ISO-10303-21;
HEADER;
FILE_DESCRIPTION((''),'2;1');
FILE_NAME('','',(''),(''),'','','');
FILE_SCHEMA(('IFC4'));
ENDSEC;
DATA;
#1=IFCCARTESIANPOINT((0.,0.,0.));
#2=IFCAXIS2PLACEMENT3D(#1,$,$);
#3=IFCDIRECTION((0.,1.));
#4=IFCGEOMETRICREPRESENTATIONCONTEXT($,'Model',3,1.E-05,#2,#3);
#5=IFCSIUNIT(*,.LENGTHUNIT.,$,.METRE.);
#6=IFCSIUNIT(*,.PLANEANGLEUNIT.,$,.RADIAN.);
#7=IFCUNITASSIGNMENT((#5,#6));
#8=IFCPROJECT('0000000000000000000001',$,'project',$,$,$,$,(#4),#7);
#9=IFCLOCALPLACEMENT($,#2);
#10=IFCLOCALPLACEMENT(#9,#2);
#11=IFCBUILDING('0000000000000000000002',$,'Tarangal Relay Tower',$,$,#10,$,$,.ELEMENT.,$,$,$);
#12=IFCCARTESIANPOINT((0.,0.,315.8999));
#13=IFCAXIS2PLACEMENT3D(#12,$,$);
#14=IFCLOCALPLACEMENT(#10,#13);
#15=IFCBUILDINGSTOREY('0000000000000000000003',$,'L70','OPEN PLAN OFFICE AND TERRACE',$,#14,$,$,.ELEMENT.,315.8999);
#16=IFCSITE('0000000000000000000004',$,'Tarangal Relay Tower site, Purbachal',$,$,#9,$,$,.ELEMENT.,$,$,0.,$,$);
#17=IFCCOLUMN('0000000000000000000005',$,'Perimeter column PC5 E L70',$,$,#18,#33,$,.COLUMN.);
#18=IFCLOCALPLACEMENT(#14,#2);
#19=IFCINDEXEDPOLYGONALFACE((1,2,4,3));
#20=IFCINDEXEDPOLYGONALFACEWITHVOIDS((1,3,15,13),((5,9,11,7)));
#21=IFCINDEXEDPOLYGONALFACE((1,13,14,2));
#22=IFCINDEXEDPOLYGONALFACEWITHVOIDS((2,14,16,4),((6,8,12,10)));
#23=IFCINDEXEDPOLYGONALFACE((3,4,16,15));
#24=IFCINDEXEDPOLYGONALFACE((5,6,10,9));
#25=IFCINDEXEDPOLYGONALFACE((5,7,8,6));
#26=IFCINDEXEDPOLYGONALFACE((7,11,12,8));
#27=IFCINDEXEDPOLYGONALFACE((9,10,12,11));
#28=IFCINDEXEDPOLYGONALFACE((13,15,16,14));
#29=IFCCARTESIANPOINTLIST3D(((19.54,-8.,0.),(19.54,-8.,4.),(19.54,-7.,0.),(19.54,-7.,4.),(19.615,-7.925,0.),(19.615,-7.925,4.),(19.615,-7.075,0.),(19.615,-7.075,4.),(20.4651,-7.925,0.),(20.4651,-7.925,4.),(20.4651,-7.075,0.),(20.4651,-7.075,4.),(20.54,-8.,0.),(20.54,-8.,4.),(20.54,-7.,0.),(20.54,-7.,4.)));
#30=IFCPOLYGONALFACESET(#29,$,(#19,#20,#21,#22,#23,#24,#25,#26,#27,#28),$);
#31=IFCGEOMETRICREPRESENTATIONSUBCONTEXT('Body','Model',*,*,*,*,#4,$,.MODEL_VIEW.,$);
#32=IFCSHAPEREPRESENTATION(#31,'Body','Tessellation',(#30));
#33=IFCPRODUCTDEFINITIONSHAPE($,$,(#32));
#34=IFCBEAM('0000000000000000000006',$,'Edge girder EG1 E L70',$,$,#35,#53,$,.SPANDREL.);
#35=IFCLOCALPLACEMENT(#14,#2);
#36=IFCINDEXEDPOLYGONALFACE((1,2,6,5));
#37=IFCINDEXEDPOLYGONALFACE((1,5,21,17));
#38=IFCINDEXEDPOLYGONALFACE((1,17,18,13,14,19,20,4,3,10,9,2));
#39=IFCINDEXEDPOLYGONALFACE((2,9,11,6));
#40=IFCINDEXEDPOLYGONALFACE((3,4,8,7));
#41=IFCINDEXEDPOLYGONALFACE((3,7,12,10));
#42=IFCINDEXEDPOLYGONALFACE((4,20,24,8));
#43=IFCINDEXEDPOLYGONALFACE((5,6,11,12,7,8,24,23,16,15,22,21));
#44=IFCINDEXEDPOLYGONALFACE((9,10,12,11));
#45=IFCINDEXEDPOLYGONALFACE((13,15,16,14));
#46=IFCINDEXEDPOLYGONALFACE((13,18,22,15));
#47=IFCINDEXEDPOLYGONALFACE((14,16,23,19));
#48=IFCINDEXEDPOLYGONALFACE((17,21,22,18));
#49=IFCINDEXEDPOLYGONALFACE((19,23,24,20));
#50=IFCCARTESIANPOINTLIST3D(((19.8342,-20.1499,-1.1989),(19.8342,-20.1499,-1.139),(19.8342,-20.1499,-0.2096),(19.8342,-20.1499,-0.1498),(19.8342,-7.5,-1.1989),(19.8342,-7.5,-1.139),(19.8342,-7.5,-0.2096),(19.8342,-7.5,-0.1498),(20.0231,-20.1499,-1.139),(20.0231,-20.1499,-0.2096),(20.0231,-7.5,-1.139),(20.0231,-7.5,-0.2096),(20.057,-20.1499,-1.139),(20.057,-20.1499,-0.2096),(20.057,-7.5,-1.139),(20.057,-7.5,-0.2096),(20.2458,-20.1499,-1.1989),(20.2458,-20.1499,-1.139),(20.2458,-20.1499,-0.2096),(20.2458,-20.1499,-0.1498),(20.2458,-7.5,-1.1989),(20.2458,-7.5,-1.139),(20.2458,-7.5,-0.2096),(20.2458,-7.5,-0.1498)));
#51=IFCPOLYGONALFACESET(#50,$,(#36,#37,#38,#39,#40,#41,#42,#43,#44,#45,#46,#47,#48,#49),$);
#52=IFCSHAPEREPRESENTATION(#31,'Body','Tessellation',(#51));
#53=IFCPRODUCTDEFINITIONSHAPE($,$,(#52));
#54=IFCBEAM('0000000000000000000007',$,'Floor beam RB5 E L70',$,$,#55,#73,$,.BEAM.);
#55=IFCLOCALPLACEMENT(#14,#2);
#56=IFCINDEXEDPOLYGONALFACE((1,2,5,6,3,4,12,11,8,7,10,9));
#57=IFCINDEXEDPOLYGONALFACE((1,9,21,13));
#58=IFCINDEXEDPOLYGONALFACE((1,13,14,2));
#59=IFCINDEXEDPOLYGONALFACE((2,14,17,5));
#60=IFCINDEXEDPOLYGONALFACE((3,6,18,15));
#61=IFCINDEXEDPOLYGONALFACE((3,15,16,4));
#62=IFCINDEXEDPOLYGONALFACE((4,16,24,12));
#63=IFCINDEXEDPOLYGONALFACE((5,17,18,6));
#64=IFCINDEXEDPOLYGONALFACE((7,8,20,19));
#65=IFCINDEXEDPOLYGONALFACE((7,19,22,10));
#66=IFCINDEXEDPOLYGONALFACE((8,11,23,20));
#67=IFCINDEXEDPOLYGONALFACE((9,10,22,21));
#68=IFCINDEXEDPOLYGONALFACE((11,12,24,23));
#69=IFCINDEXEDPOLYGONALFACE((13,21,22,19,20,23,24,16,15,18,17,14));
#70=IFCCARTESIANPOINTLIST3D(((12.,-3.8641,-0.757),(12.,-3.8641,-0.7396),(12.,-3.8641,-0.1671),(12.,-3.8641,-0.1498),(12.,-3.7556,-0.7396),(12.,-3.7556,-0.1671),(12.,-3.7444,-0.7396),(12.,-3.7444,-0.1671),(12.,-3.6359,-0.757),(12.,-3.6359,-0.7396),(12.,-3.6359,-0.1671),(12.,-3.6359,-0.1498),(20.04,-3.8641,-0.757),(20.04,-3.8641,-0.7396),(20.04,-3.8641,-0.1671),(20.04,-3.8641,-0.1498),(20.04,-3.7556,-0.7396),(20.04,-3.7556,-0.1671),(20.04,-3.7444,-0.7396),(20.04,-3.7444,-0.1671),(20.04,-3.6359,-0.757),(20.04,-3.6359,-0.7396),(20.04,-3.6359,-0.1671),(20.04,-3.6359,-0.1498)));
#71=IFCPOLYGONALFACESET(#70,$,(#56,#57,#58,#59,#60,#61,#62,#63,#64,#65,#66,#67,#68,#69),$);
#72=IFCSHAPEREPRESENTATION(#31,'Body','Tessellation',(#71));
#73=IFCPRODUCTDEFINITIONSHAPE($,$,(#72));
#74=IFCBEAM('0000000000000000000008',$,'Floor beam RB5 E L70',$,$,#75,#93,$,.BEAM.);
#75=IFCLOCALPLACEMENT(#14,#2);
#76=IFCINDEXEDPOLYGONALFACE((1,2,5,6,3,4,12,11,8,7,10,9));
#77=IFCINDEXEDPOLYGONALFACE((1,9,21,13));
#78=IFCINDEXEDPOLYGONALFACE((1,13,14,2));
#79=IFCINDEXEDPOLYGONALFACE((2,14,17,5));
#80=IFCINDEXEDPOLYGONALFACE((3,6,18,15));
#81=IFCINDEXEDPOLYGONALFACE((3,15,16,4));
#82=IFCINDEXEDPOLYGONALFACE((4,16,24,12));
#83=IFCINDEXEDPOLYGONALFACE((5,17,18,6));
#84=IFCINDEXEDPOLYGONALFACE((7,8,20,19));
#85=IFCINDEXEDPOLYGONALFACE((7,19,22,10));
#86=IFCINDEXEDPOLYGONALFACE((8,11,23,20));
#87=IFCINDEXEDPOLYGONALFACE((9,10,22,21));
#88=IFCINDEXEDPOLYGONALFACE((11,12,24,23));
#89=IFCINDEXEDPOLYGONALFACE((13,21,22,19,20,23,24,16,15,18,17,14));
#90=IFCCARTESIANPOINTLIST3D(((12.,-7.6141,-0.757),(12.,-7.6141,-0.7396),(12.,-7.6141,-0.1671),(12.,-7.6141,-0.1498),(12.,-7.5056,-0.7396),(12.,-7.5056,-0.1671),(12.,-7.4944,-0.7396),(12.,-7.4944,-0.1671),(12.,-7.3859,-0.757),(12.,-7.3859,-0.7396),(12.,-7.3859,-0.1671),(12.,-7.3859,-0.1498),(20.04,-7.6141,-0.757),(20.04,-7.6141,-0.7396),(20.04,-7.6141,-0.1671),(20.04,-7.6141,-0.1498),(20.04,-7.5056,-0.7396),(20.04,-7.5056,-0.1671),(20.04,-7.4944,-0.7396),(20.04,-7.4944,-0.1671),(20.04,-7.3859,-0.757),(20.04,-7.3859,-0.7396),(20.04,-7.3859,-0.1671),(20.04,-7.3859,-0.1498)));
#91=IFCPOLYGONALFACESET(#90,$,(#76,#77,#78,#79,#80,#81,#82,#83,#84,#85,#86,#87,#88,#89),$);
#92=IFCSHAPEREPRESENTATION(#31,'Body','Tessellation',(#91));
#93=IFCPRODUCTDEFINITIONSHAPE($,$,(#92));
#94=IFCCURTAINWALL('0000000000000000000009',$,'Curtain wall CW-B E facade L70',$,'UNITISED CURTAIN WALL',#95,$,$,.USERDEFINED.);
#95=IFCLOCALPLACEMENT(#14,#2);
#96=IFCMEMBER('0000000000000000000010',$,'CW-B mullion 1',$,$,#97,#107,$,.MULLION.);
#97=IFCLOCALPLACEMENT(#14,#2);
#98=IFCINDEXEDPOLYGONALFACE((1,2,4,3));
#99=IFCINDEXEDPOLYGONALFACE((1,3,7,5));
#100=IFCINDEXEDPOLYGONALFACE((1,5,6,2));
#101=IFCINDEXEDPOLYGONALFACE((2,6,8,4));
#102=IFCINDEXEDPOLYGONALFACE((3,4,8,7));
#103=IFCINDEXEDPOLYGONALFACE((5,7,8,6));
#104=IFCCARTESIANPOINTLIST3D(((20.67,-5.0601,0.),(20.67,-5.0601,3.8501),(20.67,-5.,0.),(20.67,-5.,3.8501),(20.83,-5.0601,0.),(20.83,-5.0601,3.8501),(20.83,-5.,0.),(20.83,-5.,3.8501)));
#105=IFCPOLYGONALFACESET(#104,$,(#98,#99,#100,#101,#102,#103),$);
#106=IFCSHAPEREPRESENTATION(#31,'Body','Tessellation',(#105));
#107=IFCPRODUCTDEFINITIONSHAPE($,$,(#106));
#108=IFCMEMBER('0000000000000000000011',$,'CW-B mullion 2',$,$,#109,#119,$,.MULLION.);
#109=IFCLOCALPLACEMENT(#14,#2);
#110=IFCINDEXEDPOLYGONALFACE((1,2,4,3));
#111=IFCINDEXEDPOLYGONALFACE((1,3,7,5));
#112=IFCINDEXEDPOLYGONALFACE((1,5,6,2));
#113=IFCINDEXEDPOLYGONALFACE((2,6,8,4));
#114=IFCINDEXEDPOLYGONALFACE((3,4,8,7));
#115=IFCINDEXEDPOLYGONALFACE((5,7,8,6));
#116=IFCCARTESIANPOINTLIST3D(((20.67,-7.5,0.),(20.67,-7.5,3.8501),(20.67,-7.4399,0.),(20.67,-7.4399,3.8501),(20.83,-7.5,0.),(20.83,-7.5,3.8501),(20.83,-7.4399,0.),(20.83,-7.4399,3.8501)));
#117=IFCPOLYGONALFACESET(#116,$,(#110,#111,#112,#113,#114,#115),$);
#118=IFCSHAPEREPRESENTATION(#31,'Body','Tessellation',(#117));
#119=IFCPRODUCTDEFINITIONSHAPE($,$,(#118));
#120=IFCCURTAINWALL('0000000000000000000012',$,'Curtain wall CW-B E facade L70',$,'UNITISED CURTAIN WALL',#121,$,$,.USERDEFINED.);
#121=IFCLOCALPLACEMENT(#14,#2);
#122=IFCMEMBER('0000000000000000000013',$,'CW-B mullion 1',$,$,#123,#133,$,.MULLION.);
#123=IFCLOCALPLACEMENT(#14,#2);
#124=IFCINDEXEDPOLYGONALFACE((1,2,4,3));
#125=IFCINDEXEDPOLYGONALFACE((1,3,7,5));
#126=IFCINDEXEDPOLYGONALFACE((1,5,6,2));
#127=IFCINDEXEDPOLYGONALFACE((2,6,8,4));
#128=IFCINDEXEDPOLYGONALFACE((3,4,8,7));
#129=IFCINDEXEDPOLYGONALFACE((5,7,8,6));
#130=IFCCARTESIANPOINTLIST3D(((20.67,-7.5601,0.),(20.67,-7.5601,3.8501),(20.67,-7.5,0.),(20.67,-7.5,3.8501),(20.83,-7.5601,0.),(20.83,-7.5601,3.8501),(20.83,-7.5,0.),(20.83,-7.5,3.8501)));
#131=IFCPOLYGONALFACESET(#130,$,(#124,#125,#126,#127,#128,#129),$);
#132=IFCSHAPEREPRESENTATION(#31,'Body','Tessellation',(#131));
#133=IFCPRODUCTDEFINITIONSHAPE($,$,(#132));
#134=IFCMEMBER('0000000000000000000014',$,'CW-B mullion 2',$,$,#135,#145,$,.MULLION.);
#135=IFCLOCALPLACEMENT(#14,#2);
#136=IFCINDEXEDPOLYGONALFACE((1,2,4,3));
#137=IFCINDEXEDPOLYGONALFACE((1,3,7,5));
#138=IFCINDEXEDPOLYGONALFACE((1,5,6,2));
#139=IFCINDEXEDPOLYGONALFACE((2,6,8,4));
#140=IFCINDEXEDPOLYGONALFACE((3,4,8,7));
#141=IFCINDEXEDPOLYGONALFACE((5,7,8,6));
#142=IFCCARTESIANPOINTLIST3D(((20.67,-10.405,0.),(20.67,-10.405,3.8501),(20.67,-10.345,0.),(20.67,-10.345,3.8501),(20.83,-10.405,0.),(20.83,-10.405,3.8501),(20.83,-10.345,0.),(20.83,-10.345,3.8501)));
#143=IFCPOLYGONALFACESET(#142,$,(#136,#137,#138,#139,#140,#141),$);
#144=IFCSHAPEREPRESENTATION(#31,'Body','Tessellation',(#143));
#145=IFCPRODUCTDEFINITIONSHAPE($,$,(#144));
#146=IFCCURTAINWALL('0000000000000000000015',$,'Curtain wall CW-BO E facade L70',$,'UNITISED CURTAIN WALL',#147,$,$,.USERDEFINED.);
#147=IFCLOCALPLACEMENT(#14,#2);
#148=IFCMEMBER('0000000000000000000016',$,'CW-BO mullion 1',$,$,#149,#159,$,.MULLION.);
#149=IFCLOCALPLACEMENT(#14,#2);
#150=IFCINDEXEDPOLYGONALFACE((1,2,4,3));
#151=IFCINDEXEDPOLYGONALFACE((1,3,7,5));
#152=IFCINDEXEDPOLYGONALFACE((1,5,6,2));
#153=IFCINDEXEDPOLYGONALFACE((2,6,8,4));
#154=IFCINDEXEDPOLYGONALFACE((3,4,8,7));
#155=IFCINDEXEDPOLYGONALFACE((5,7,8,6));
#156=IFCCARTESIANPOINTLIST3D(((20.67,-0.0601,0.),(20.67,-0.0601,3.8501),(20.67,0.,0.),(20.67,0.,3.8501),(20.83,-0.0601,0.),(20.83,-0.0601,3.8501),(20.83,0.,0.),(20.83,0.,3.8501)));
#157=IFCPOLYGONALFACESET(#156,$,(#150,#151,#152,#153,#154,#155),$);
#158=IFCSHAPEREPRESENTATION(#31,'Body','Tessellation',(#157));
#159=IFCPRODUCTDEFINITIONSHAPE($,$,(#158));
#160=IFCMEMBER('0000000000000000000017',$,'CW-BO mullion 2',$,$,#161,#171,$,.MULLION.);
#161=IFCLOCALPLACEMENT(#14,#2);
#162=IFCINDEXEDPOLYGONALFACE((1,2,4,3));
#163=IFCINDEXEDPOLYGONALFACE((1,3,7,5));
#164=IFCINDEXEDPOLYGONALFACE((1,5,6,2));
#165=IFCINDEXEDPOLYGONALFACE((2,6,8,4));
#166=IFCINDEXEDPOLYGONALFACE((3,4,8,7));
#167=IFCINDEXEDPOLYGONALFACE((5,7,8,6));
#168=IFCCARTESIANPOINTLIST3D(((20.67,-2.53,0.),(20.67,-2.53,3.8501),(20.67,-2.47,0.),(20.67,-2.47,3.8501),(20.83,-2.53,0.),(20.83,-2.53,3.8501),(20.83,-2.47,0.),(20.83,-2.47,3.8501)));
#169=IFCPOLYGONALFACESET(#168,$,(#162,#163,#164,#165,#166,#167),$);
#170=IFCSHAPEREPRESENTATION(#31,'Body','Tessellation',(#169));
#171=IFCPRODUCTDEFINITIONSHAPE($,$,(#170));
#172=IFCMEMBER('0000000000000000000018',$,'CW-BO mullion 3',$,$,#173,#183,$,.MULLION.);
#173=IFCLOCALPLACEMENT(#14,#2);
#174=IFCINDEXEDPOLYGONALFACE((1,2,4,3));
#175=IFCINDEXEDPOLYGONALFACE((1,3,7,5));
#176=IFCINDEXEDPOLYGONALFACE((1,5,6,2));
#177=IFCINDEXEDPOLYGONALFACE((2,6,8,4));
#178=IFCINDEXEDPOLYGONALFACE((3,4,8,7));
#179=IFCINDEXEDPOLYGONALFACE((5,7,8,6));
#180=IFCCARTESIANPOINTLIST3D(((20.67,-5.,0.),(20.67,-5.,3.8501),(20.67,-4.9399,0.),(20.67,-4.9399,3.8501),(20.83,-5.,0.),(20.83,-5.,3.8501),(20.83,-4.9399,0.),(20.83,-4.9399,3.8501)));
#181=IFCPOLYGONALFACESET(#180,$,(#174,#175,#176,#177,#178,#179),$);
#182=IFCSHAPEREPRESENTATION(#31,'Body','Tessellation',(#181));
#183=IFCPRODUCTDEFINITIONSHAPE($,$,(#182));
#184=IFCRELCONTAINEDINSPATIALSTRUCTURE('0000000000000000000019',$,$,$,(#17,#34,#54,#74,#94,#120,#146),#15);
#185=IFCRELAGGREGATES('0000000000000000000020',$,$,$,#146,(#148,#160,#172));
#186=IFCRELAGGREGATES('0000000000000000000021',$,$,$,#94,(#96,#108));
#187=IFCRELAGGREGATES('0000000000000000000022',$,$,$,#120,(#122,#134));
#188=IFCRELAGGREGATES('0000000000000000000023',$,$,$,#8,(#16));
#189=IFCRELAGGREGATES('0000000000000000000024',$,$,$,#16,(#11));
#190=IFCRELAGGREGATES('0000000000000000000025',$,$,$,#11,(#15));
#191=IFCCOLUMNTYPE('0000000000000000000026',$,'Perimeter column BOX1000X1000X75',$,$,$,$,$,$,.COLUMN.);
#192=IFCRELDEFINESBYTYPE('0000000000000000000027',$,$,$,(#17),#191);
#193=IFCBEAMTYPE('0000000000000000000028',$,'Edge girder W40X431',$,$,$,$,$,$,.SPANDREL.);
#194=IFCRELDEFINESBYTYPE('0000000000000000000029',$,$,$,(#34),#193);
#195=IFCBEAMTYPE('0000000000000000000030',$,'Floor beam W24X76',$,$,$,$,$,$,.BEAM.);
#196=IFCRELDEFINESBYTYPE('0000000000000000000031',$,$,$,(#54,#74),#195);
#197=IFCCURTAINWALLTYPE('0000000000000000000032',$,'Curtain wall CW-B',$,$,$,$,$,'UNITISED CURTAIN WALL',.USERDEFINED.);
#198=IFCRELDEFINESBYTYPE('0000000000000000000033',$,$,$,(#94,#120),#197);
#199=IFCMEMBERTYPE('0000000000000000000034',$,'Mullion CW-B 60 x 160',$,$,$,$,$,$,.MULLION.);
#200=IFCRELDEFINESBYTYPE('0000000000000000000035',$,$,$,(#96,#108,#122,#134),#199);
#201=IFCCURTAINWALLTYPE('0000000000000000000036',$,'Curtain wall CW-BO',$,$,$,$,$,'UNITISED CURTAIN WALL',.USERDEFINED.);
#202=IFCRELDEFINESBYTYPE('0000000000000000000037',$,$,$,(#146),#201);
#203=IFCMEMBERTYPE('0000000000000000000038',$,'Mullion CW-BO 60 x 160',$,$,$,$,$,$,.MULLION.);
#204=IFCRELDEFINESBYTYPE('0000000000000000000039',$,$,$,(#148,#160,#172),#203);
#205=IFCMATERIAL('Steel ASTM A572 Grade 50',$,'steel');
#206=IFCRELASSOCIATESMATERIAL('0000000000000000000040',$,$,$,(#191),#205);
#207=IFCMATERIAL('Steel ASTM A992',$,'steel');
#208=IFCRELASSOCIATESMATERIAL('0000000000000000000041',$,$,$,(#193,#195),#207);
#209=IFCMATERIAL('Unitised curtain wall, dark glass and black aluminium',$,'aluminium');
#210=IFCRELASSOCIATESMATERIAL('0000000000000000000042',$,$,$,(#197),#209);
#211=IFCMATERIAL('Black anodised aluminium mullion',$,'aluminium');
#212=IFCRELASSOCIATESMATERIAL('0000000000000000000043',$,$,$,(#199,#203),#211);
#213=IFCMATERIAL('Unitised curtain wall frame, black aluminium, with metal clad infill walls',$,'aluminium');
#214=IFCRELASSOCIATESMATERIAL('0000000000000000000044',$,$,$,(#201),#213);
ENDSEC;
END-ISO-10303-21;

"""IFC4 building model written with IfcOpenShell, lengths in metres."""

from ifc_helpers import new_model, si_unit, direction, frame, origin, origin_2d, place, context, subcontext, project, spatial, rectangle, hollow_rectangle, i_section, extrude, material, material_profile, profile_set, type_object, element, aggregate, save


model = new_model("IFC4")

# Units and contexts
model_context = context("Model", 3, precision=1e-05, world=origin(), true_north=direction((0.0, 1.0)))
body_context = subcontext(model_context, "Body", "Model", "MODEL_VIEW")
ifc_project = project(units=[si_unit("LENGTHUNIT", "METRE"), si_unit("PLANEANGLEUNIT", "RADIAN")], contexts=[model_context])

# Site, building, storey
site_placement = place(None, origin())
site = spatial("IfcSite", under=ifc_project, at=site_placement, Name="Tarangal Relay Tower site, Purbachal", CompositionType="ELEMENT", RefElevation=0.0)
building_placement = place(site_placement, origin())
building = spatial("IfcBuilding", under=site, at=building_placement, Name="Tarangal Relay Tower", CompositionType="ELEMENT")
storey_placement = place(building_placement, frame((0.0, 0.0, 315.8999)))
storey = spatial("IfcBuildingStorey", under=building, at=storey_placement, Name="L70", Description="OPEN PLAN OFFICE AND TERRACE", CompositionType="ELEMENT", Elevation=315.8999)

# Column
ifc_material_1 = material(Name="Steel ASTM A572 Grade 50", Category="steel")
ifc_material_profile_1 = material_profile(ifc_material_1, hollow_rectangle(XDim=1.0, YDim=1.0, WallThickness=0.075, at=origin_2d()), Name="BOX1000X1000X75")
ifc_profile_set_1 = profile_set([ifc_material_profile_1], Name="Steel ASTM A572 Grade 50")
column_type = type_object("IfcColumnType", Name="Perimeter column BOX1000X1000X75", PredefinedType="COLUMN", material=ifc_profile_set_1)
column_placement = place(storey_placement, frame((20.04, -7.5, 0.0), z_axis=(0.0, 0.0, 1.0), x_axis=(1.0, 0.0, 0.0)))
element("IfcColumn", 1, at=column_placement, inside=storey, type_object=column_type, Name="Perimeter column PC5 E L70", PredefinedType="COLUMN", context=body_context, shape_type="SweptSolid", body=[
    extrude(hollow_rectangle(XDim=1.0, YDim=1.0, WallThickness=0.075, at=origin_2d()), origin(), (0.0, 0.0, 1.0), 4.0),
])

# Beams
ifc_material_2 = material(Name="Steel ASTM A992", Category="steel")
ifc_material_profile_2 = material_profile(ifc_material_2, i_section(OverallWidth=0.4116, OverallDepth=1.0491, WebThickness=0.0339, FlangeThickness=0.0598, at=origin_2d()), Name="W40X431")
ifc_profile_set_2 = profile_set([ifc_material_profile_2], Name="Steel ASTM A992")
beam_type_1 = type_object("IfcBeamType", Name="Edge girder W40X431", PredefinedType="SPANDREL", material=ifc_profile_set_2)
beam_placement = place(storey_placement, frame((20.04, -7.5, -0.6743), z_axis=(0.0, -1.0, 0.0), x_axis=(1.0, 0.0, 0.0)))
element("IfcBeam", 2, at=beam_placement, inside=storey, type_object=beam_type_1, Name="Edge girder EG1 E L70", PredefinedType="SPANDREL", context=body_context, shape_type="SweptSolid", body=[
    extrude(i_section(OverallWidth=0.4116, OverallDepth=1.0491, WebThickness=0.0339, FlangeThickness=0.0598, at=origin_2d()), origin(), (0.0, 0.0, 1.0), 12.6499),
])
ifc_material_profile_3 = material_profile(ifc_material_2, i_section(OverallWidth=0.2283, OverallDepth=0.6072, WebThickness=0.0112, FlangeThickness=0.0173, at=origin_2d()), Name="W24X76")
ifc_profile_set_3 = profile_set([ifc_material_profile_3], Name="Steel ASTM A992")
beam_type_2 = type_object("IfcBeamType", Name="Floor beam W24X76", PredefinedType="BEAM", material=ifc_profile_set_3)
for number, where, z_axis, x_axis, name in (
    (3, (12.0, -3.75, -0.4534), (1.0, 0.0, 0.0), (0.0, 1.0, 0.0), "Floor beam RB5 E L70"),
    (4, (12.0, -7.5, -0.4534), (1.0, 0.0, 0.0), (0.0, 1.0, 0.0), "Floor beam RB5 E L70"),
):
    element("IfcBeam", number, at=place(storey_placement, frame(where, z_axis=z_axis, x_axis=x_axis)), inside=storey, type_object=beam_type_2, Name=name, PredefinedType="BEAM", context=body_context, shape_type="SweptSolid", body=[
        extrude(i_section(OverallWidth=0.2283, OverallDepth=0.6072, WebThickness=0.0112, FlangeThickness=0.0173, at=origin_2d()), origin(), (0.0, 0.0, 1.0), 8.04),
    ])

# Curtain walls, members
ifc_material_3 = material(Name="Unitised curtain wall, dark glass and black aluminium", Category="aluminium")
curtain_wall_type_1 = type_object("IfcCurtainWallType", Name="Curtain wall CW-B", ElementType="UNITISED CURTAIN WALL", PredefinedType="USERDEFINED", material=ifc_material_3)
curtain_wall_1_placement = place(storey_placement, origin())
curtain_wall_1 = element("IfcCurtainWall", 5, at=curtain_wall_1_placement, inside=storey, type_object=curtain_wall_type_1, Name="Curtain wall CW-B E facade L70", ObjectType="UNITISED CURTAIN WALL", PredefinedType="USERDEFINED")
ifc_material_4 = material(Name="Black anodised aluminium mullion", Category="aluminium")
ifc_material_profile_4 = material_profile(ifc_material_4, rectangle(XDim=0.1599, YDim=0.0601, at=origin_2d()), Name="CW-BM 60X160")
ifc_profile_set_4 = profile_set([ifc_material_profile_4], Name="Black anodised aluminium mullion")
member_type_1 = type_object("IfcMemberType", Name="Mullion CW-B 60 x 160", PredefinedType="MULLION", material=ifc_profile_set_4)
member_1_placement = place(storey_placement, frame((20.75, -5.03, 0.0), z_axis=(0.0, 0.0, 1.0), x_axis=(1.0, 0.0, 0.0)))
member_1 = element("IfcMember", 6, at=member_1_placement, type_object=member_type_1, Name="CW-B mullion 1", PredefinedType="MULLION", context=body_context, shape_type="SweptSolid", body=[
    extrude(rectangle(XDim=0.1599, YDim=0.0601, at=origin_2d()), origin(), (0.0, 0.0, 1.0), 3.8501),
])
member_2_placement = place(storey_placement, frame((20.75, -7.47, 0.0), z_axis=(0.0, 0.0, 1.0), x_axis=(1.0, 0.0, 0.0)))
member_2 = element("IfcMember", 7, at=member_2_placement, type_object=member_type_1, Name="CW-B mullion 2", PredefinedType="MULLION", context=body_context, shape_type="SweptSolid", body=[
    extrude(rectangle(XDim=0.1599, YDim=0.0601, at=origin_2d()), origin(), (0.0, 0.0, 1.0), 3.8501),
])
curtain_wall_2_placement = place(storey_placement, origin())
curtain_wall_2 = element("IfcCurtainWall", 8, at=curtain_wall_2_placement, inside=storey, type_object=curtain_wall_type_1, Name="Curtain wall CW-B E facade L70", ObjectType="UNITISED CURTAIN WALL", PredefinedType="USERDEFINED")
member_3_placement = place(storey_placement, frame((20.75, -7.53, 0.0), z_axis=(0.0, 0.0, 1.0), x_axis=(1.0, 0.0, 0.0)))
member_3 = element("IfcMember", 9, at=member_3_placement, type_object=member_type_1, Name="CW-B mullion 1", PredefinedType="MULLION", context=body_context, shape_type="SweptSolid", body=[
    extrude(rectangle(XDim=0.1599, YDim=0.0601, at=origin_2d()), origin(), (0.0, 0.0, 1.0), 3.8501),
])
member_4_placement = place(storey_placement, frame((20.75, -10.375, 0.0), z_axis=(0.0, 0.0, 1.0), x_axis=(1.0, 0.0, 0.0)))
member_4 = element("IfcMember", 10, at=member_4_placement, type_object=member_type_1, Name="CW-B mullion 2", PredefinedType="MULLION", context=body_context, shape_type="SweptSolid", body=[
    extrude(rectangle(XDim=0.1599, YDim=0.0601, at=origin_2d()), origin(), (0.0, 0.0, 1.0), 3.8501),
])
ifc_material_5 = material(Name="Unitised curtain wall frame, black aluminium, with metal clad infill walls", Category="aluminium")
curtain_wall_type_2 = type_object("IfcCurtainWallType", Name="Curtain wall CW-BO", ElementType="UNITISED CURTAIN WALL", PredefinedType="USERDEFINED", material=ifc_material_5)
curtain_wall_3_placement = place(storey_placement, origin())
curtain_wall_3 = element("IfcCurtainWall", 11, at=curtain_wall_3_placement, inside=storey, type_object=curtain_wall_type_2, Name="Curtain wall CW-BO E facade L70", ObjectType="UNITISED CURTAIN WALL", PredefinedType="USERDEFINED")
ifc_material_profile_5 = material_profile(ifc_material_4, rectangle(XDim=0.1599, YDim=0.0601, at=origin_2d()), Name="CW-BOM 60X160")
ifc_profile_set_5 = profile_set([ifc_material_profile_5], Name="Black anodised aluminium mullion")
member_type_2 = type_object("IfcMemberType", Name="Mullion CW-BO 60 x 160", PredefinedType="MULLION", material=ifc_profile_set_5)
member_5_placement = place(storey_placement, frame((20.75, -0.03, 0.0), z_axis=(0.0, 0.0, 1.0), x_axis=(1.0, 0.0, 0.0)))
member_5 = element("IfcMember", 12, at=member_5_placement, type_object=member_type_2, Name="CW-BO mullion 1", PredefinedType="MULLION", context=body_context, shape_type="SweptSolid", body=[
    extrude(rectangle(XDim=0.1599, YDim=0.0601, at=origin_2d()), origin(), (0.0, 0.0, 1.0), 3.8501),
])
member_6_placement = place(storey_placement, frame((20.75, -2.5, 0.0), z_axis=(0.0, 0.0, 1.0), x_axis=(1.0, 0.0, 0.0)))
member_6 = element("IfcMember", 13, at=member_6_placement, type_object=member_type_2, Name="CW-BO mullion 2", PredefinedType="MULLION", context=body_context, shape_type="SweptSolid", body=[
    extrude(rectangle(XDim=0.1599, YDim=0.0601, at=origin_2d()), origin(), (0.0, 0.0, 1.0), 3.8501),
])
member_7_placement = place(storey_placement, frame((20.75, -4.97, 0.0), z_axis=(0.0, 0.0, 1.0), x_axis=(1.0, 0.0, 0.0)))
member_7 = element("IfcMember", 14, at=member_7_placement, type_object=member_type_2, Name="CW-BO mullion 3", PredefinedType="MULLION", context=body_context, shape_type="SweptSolid", body=[
    extrude(rectangle(XDim=0.1599, YDim=0.0601, at=origin_2d()), origin(), (0.0, 0.0, 1.0), 3.8501),
])

aggregate(curtain_wall_3, [member_5, member_6, member_7])

aggregate(curtain_wall_1, [member_1, member_2])
aggregate(curtain_wall_2, [member_3, member_4])

save(model, "model.ifc")
